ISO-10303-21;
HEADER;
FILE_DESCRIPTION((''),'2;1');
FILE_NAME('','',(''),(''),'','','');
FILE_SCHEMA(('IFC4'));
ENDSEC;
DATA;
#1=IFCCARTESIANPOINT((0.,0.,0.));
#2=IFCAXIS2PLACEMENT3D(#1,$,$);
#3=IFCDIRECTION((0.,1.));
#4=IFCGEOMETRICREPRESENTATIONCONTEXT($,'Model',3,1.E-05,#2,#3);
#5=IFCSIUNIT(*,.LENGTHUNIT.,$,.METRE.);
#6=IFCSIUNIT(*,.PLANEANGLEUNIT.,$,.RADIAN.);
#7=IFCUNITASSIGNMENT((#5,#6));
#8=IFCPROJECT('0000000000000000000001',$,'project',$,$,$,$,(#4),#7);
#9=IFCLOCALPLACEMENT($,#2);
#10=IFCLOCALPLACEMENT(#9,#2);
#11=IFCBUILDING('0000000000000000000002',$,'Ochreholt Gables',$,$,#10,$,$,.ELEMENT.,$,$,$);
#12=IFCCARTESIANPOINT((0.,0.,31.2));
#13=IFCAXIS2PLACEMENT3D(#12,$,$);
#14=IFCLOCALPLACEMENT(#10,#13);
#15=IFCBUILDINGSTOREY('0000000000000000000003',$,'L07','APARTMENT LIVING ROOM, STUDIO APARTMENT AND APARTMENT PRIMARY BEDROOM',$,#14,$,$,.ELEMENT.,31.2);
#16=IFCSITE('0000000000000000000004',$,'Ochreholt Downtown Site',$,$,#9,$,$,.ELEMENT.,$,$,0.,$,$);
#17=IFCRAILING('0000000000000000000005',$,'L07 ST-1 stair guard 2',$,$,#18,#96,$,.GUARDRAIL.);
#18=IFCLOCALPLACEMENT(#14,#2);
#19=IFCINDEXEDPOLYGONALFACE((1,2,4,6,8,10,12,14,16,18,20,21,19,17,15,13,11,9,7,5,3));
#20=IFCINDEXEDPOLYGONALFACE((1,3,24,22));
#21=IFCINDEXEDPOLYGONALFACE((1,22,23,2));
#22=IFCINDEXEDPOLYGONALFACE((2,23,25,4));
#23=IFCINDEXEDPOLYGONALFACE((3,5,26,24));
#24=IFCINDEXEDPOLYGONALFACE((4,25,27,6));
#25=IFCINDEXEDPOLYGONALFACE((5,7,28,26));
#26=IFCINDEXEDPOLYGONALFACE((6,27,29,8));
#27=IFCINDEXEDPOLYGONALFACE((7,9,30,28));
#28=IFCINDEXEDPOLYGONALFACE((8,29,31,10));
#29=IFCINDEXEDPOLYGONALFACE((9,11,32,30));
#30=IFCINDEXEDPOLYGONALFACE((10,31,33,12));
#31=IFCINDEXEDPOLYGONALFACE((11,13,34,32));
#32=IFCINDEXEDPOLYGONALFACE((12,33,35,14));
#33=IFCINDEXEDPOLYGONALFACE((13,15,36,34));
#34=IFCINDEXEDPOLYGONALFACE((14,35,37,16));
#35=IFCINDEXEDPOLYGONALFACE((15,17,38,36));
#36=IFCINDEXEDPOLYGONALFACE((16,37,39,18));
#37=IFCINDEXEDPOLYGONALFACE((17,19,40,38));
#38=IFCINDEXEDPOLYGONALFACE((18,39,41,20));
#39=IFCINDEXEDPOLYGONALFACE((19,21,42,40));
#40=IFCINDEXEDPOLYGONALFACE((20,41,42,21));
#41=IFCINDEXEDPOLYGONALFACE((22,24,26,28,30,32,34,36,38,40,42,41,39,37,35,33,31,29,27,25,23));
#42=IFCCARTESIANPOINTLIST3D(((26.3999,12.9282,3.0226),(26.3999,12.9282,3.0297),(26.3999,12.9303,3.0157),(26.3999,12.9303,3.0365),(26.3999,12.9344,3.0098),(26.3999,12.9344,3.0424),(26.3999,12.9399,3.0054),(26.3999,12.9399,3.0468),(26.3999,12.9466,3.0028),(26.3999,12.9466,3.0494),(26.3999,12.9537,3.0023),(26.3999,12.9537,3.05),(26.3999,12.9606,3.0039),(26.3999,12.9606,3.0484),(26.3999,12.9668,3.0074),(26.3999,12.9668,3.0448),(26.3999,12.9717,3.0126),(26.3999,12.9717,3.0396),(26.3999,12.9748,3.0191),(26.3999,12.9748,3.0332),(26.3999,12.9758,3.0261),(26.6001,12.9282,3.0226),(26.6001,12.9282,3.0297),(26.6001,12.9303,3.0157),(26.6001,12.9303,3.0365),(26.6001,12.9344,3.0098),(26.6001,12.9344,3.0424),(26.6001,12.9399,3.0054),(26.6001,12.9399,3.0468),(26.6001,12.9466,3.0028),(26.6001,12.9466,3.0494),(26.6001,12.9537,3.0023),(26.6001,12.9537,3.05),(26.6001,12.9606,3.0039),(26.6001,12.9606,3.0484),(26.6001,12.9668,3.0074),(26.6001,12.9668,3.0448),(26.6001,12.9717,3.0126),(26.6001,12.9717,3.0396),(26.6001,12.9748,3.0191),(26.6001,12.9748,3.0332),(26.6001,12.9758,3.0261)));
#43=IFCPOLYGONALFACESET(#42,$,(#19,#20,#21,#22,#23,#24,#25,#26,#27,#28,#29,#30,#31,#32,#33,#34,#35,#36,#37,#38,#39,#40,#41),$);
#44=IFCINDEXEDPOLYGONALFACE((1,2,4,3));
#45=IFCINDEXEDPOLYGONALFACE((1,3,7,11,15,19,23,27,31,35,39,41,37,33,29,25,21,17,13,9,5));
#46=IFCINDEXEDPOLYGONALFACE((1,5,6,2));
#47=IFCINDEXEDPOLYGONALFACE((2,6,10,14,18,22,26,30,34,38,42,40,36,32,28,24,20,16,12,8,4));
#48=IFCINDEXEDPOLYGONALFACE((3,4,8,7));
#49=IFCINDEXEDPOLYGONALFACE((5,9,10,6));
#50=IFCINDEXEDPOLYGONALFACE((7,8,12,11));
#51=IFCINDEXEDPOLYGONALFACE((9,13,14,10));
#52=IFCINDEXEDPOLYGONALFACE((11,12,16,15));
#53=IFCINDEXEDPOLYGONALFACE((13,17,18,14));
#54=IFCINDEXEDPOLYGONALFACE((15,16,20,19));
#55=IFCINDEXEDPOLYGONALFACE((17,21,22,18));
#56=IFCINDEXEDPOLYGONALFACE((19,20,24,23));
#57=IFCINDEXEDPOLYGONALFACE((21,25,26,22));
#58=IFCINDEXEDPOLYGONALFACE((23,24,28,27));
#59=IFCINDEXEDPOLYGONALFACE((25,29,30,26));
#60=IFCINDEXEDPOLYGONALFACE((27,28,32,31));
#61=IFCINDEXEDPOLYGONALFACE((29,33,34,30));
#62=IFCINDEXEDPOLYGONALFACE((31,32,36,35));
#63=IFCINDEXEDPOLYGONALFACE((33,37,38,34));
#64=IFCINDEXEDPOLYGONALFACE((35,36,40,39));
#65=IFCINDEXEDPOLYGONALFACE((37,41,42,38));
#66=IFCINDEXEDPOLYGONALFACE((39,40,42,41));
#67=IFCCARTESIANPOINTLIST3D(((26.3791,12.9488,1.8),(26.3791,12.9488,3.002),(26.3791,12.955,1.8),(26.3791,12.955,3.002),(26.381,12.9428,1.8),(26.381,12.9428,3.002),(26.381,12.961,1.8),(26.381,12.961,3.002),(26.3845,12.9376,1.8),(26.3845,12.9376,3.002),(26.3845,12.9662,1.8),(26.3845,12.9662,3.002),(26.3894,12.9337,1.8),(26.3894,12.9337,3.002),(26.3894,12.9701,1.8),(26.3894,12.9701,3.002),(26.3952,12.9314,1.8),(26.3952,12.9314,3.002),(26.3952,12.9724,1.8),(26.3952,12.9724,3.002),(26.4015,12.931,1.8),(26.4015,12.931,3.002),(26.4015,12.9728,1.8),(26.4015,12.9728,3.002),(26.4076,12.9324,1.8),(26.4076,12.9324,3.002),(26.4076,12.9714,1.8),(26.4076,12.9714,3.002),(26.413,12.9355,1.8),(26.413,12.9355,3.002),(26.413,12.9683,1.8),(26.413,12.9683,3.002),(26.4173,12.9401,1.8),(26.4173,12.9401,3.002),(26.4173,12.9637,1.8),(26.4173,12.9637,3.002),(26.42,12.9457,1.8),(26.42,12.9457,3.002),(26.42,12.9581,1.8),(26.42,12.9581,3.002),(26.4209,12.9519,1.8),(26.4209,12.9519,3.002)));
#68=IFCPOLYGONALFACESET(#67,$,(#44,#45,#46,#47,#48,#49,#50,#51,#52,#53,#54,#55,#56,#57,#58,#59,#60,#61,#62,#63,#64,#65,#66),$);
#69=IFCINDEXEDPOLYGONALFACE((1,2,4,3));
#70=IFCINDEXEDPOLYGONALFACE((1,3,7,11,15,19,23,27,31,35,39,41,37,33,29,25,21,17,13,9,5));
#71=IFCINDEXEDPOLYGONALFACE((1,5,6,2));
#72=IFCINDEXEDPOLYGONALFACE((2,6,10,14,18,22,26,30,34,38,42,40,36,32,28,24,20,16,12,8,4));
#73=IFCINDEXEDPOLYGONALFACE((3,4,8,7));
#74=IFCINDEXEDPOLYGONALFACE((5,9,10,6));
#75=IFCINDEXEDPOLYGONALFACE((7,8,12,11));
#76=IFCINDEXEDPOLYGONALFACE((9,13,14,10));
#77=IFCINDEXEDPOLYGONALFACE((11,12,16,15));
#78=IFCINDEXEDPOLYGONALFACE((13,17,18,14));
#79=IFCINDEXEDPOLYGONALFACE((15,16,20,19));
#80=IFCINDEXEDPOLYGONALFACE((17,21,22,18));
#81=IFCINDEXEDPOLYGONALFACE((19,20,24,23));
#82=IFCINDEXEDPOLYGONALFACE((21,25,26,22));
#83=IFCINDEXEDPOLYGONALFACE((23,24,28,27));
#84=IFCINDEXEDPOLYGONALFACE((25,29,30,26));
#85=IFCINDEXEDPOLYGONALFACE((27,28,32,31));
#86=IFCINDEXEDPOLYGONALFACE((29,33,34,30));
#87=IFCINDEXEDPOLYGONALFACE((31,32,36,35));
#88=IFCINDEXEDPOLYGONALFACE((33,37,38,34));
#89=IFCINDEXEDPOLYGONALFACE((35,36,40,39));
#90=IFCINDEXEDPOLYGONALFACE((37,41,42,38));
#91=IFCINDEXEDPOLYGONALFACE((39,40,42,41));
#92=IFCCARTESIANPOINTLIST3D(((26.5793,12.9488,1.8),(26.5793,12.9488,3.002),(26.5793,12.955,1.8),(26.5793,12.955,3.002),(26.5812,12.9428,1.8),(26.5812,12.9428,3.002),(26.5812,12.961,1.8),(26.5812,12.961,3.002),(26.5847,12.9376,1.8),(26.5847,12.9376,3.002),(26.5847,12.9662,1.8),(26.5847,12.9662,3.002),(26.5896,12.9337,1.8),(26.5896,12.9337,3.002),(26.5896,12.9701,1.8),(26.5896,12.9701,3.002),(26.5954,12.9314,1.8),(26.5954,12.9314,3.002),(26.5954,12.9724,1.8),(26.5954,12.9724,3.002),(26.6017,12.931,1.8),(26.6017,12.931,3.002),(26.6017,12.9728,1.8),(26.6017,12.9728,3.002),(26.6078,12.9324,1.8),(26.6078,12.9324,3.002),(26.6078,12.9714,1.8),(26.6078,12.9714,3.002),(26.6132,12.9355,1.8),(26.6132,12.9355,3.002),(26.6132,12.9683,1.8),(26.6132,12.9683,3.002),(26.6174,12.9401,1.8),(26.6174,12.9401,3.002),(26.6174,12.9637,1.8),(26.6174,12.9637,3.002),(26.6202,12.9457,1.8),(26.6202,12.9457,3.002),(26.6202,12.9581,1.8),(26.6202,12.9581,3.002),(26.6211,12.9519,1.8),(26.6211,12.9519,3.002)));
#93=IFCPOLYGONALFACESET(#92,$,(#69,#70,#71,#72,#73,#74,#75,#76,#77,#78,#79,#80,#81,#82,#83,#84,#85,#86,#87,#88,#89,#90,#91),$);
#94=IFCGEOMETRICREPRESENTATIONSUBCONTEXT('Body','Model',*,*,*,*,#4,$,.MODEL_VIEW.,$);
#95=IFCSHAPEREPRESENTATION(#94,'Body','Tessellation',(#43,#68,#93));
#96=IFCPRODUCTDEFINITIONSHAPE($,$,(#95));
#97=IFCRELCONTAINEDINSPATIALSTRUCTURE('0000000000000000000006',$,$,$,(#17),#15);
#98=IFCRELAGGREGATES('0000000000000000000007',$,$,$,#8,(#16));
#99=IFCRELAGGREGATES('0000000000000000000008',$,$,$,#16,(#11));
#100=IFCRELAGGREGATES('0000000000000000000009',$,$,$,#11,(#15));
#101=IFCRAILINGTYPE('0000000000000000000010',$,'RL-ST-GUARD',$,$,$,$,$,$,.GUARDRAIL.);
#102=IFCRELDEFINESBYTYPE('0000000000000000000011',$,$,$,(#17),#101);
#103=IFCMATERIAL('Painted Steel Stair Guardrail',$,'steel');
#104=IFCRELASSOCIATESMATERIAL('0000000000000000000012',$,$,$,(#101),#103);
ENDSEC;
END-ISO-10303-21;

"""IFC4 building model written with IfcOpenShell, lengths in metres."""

from ifc_helpers import new_model, si_unit, direction, frame, origin, origin_2d, place, context, subcontext, project, spatial, circle, extrude, material, type_object, element, save


model = new_model("IFC4")

# Units and contexts
model_context = context("Model", 3, precision=1e-05, world=origin(), true_north=direction((0.0, 1.0)))
body_context = subcontext(model_context, "Body", "Model", "MODEL_VIEW")
ifc_project = project(units=[si_unit("LENGTHUNIT", "METRE"), si_unit("PLANEANGLEUNIT", "RADIAN")], contexts=[model_context])

# Site, building, storey
site_placement = place(None, origin())
site = spatial("IfcSite", under=ifc_project, at=site_placement, Name="Ochreholt Downtown Site", CompositionType="ELEMENT", RefElevation=0.0)
building_placement = place(site_placement, origin())
building = spatial("IfcBuilding", under=site, at=building_placement, Name="Ochreholt Gables", CompositionType="ELEMENT")
storey_placement = place(building_placement, frame((0.0, 0.0, 31.2)))
storey = spatial("IfcBuildingStorey", under=building, at=storey_placement, Name="L07", Description="APARTMENT LIVING ROOM, STUDIO APARTMENT AND APARTMENT PRIMARY BEDROOM", CompositionType="ELEMENT", Elevation=31.2)

# Railing
ifc_material_1 = material(Name="Painted Steel Stair Guardrail", Category="steel")
railing_type_1 = type_object("IfcRailingType", Name="RL-ST-GUARD", PredefinedType="GUARDRAIL", material=ifc_material_1)
railing_1_placement = place(storey_placement, frame((26.3999, 12.9519, 1.8)))
element("IfcRailing", 1, at=railing_1_placement, inside=storey, type_object=railing_type_1, Name="L07 ST-1 stair guard 2", PredefinedType="GUARDRAIL", context=body_context, shape_type="SweptSolid", body=[
    extrude(circle(Radius=0.0239, at=origin_2d()), frame((0.0, 0.0, 1.2261), z_axis=(1.0, 0.0, 0.0), x_axis=(0.0, 1.0, 0.0)), (0.0, 0.0, 1.0), 0.2002),
    extrude(circle(Radius=0.021, at=origin_2d()), origin(), (0.0, 0.0, 1.0), 1.2019),
    extrude(circle(Radius=0.021, at=origin_2d()), frame((0.2002, 0.0, 0.0)), (0.0, 0.0, 1.0), 1.2019),
])

save(model, "model.ifc")
